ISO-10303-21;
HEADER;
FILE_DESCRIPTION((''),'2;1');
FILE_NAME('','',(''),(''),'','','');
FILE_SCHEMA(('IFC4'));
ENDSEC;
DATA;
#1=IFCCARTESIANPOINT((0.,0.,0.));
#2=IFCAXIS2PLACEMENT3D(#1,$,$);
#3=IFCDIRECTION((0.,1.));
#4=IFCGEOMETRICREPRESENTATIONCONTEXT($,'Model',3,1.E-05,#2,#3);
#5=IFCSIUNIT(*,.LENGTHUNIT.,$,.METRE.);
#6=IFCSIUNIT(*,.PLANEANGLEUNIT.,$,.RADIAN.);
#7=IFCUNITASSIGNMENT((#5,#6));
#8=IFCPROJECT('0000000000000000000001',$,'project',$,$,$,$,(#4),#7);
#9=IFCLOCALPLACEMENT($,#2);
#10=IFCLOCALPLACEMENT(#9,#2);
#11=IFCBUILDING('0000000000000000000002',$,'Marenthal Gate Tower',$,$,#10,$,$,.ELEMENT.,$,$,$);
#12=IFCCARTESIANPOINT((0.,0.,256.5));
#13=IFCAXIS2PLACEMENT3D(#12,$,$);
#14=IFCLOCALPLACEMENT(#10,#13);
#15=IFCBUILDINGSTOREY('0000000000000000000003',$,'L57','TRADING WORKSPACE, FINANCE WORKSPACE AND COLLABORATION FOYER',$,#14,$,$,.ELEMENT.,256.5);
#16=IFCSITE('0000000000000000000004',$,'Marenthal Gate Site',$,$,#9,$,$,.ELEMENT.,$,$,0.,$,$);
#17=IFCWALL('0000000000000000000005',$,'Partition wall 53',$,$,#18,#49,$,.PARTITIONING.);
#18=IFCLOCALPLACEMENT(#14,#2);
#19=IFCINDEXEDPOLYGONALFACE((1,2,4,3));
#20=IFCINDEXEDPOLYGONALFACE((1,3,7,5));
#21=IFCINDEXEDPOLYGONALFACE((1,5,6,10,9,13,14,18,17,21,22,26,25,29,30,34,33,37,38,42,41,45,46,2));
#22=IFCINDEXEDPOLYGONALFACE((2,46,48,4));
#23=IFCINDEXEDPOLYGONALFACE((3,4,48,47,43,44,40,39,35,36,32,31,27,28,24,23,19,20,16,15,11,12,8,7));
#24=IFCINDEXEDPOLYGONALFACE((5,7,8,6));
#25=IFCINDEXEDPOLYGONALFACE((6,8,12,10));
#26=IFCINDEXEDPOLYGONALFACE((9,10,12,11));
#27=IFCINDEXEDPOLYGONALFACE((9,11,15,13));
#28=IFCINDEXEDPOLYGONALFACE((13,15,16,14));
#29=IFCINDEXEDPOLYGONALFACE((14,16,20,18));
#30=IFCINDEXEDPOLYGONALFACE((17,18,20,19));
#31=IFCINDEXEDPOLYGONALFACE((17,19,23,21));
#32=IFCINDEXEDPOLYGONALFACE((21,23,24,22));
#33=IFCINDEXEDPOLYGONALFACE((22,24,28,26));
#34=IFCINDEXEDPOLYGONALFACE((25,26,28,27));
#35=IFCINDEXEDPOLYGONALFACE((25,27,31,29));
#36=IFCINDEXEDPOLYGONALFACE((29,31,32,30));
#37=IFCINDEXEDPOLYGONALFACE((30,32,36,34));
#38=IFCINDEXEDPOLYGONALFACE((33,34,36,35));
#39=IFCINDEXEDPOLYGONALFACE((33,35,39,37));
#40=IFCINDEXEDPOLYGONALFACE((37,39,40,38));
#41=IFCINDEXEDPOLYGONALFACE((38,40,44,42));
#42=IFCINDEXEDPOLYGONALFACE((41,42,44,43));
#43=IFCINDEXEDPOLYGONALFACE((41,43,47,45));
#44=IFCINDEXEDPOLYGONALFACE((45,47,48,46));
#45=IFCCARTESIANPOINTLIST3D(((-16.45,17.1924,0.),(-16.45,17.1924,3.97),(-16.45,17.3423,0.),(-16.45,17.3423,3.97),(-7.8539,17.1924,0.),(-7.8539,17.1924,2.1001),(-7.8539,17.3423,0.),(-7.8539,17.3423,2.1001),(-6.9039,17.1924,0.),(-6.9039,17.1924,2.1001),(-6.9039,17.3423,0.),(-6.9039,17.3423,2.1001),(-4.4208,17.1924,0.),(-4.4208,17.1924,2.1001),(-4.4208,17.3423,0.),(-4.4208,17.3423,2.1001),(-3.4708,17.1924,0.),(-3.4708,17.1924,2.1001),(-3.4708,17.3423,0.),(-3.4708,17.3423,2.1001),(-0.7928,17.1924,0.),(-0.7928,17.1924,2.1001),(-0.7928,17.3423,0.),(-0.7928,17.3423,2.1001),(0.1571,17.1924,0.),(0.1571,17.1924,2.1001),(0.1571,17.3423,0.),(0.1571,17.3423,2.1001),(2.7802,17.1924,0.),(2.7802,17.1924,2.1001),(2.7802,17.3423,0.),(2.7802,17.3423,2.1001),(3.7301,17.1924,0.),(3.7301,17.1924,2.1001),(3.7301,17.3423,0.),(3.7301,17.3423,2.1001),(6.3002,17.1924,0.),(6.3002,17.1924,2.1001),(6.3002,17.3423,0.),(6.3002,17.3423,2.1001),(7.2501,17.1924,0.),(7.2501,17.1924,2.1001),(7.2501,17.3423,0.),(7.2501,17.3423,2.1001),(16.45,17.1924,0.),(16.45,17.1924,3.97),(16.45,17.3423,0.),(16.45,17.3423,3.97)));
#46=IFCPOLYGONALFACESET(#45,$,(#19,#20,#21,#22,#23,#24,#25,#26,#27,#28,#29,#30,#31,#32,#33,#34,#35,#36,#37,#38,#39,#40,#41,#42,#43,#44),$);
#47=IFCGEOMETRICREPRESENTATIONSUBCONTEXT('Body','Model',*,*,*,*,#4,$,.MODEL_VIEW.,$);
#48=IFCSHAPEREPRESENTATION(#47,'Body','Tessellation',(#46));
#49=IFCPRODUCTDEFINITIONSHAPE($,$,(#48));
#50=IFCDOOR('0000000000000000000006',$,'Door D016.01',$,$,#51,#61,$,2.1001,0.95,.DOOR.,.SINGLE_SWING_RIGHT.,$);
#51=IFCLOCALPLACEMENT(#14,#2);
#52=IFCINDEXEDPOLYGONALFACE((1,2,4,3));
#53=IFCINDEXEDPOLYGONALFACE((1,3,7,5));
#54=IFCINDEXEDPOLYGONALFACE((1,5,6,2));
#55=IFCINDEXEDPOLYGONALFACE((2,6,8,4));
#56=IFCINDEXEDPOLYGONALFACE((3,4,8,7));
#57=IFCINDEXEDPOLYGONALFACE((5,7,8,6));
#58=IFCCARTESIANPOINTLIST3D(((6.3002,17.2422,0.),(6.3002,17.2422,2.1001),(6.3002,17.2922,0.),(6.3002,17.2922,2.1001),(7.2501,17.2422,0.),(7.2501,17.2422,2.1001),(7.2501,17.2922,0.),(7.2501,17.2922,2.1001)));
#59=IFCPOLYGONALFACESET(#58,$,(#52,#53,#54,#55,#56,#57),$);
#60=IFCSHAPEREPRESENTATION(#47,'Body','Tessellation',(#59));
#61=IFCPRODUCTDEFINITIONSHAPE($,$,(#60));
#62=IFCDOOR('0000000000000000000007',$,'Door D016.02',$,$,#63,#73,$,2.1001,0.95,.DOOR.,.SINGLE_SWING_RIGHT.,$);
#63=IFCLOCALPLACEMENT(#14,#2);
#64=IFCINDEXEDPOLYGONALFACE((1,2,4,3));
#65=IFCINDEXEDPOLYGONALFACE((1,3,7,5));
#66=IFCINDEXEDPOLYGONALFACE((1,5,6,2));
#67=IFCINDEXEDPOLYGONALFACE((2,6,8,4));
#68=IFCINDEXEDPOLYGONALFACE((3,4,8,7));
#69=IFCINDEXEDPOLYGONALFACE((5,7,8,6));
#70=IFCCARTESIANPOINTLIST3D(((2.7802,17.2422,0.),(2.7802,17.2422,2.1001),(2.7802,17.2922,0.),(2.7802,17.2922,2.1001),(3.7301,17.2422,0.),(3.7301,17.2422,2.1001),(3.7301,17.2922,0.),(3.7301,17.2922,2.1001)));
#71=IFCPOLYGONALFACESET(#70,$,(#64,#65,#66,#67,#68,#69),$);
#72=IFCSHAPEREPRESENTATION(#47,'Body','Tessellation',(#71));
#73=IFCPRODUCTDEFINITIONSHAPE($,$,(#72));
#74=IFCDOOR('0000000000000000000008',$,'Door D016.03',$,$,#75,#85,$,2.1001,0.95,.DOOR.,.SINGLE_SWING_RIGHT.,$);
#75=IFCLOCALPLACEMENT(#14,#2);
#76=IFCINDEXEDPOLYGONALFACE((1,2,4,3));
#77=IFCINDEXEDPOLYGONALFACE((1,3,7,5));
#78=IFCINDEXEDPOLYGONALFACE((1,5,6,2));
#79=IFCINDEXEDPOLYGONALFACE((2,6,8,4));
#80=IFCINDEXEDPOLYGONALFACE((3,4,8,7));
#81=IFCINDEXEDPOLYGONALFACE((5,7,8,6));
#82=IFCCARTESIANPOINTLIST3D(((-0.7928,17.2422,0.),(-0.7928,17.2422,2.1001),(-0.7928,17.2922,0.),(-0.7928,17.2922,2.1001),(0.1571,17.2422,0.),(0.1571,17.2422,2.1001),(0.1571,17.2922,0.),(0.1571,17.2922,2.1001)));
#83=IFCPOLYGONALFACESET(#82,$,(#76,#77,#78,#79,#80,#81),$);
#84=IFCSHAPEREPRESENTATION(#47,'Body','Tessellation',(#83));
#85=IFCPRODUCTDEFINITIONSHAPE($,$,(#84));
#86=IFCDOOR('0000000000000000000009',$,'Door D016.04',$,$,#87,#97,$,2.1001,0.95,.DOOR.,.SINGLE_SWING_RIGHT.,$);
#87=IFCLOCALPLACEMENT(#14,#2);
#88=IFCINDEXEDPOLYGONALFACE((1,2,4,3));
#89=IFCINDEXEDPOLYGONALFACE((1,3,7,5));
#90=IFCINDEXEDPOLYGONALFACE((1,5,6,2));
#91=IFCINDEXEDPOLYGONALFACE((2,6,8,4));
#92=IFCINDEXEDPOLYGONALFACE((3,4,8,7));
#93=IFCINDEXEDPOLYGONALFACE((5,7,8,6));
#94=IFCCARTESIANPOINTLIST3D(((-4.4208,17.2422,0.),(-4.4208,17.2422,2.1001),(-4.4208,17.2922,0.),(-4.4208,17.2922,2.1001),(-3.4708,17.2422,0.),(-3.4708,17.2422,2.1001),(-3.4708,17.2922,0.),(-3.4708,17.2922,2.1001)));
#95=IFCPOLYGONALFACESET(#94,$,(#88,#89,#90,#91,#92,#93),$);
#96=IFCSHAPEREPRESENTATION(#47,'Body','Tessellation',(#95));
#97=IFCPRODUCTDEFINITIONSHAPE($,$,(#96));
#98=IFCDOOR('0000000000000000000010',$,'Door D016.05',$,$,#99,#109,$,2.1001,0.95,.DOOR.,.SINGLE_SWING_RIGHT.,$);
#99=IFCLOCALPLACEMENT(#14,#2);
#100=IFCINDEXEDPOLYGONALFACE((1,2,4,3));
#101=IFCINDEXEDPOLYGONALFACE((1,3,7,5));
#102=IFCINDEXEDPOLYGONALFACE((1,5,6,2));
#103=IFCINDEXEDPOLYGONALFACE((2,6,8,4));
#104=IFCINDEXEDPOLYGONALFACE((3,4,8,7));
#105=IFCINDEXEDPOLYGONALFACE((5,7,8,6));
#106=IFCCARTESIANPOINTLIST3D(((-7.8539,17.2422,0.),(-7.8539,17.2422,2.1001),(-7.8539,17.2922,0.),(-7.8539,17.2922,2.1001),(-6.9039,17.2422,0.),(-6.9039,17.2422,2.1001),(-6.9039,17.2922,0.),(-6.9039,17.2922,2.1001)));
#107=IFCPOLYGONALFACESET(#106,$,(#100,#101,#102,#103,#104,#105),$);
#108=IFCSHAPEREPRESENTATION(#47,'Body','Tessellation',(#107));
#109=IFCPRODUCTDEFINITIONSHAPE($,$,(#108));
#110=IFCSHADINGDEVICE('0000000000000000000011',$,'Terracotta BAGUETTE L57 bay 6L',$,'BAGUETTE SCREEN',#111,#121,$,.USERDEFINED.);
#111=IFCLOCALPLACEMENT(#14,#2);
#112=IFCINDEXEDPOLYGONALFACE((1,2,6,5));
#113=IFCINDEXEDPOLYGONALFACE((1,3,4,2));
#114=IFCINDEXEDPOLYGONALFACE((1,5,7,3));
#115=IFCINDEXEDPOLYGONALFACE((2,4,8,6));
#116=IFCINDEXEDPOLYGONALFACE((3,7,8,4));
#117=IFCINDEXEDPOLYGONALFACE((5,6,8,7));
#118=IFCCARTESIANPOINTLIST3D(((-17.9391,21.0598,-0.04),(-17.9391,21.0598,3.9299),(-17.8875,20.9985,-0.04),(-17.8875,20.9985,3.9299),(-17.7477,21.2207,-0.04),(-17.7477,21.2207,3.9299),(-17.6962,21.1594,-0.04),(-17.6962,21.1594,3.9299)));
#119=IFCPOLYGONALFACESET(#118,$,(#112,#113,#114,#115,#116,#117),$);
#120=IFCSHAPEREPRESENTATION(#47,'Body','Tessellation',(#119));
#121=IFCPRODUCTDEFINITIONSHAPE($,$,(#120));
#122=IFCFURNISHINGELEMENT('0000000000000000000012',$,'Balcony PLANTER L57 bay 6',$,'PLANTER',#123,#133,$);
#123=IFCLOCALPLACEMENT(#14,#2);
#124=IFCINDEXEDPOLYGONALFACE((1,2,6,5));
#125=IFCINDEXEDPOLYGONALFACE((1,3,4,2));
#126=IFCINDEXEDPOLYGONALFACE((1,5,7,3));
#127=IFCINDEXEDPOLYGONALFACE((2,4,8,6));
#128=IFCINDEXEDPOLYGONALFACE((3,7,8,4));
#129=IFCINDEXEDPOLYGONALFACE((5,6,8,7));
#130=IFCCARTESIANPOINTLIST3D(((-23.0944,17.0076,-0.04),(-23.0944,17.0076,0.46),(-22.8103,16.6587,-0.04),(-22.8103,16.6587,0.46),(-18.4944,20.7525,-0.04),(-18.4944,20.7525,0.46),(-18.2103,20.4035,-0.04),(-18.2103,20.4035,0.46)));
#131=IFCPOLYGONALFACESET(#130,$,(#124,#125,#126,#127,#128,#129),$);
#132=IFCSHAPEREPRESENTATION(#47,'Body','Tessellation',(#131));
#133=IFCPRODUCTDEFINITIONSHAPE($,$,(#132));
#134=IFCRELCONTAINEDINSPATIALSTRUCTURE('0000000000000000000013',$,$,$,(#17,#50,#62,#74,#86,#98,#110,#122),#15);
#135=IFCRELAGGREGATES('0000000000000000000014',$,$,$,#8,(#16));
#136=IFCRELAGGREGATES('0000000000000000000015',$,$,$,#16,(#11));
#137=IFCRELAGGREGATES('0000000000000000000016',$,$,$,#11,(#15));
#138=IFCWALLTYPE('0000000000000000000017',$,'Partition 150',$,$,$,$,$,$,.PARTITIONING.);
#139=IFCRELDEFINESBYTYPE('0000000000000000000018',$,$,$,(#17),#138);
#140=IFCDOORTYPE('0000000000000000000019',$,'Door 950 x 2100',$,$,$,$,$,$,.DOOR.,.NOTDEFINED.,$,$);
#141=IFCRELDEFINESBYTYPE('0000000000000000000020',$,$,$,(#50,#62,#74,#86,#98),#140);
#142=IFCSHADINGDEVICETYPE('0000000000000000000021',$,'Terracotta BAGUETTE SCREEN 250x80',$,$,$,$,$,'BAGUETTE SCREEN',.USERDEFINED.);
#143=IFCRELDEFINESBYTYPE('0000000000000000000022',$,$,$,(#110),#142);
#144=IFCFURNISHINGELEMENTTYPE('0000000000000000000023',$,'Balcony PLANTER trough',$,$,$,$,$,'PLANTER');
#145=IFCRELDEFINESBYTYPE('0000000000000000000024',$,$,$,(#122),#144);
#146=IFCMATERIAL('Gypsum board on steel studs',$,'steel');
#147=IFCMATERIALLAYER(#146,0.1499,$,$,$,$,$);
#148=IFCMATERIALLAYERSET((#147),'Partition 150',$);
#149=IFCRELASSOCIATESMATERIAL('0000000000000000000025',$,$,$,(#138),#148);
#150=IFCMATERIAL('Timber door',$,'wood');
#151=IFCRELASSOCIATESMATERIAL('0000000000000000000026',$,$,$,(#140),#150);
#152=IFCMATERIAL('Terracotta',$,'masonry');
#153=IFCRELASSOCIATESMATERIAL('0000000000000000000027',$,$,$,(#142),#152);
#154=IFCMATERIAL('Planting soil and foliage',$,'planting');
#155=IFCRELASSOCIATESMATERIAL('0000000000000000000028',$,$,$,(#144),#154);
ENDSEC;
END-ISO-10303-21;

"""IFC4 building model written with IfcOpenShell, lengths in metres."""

from ifc_helpers import new_model, si_unit, direction, frame, frame_2d, origin, origin_2d, place, context, subcontext, project, spatial, rectangle, extrude, material, layer, layer_set, material_profile, profile_set, type_object, element, fill, save


model = new_model("IFC4")

# Units and contexts
model_context = context("Model", 3, precision=1e-05, world=origin(), true_north=direction((0.0, 1.0)))
body_context = subcontext(model_context, "Body", "Model", "MODEL_VIEW")
ifc_project = project(units=[si_unit("LENGTHUNIT", "METRE"), si_unit("PLANEANGLEUNIT", "RADIAN")], contexts=[model_context])

# Site, building, storey
site_placement = place(None, origin())
site = spatial("IfcSite", under=ifc_project, at=site_placement, Name="Marenthal Gate Site", CompositionType="ELEMENT", RefElevation=0.0)
building_placement = place(site_placement, origin())
building = spatial("IfcBuilding", under=site, at=building_placement, Name="Marenthal Gate Tower", CompositionType="ELEMENT")
storey_placement = place(building_placement, frame((0.0, 0.0, 256.5)))
storey = spatial("IfcBuildingStorey", under=building, at=storey_placement, Name="L57", Description="TRADING WORKSPACE, FINANCE WORKSPACE AND COLLABORATION FOYER", CompositionType="ELEMENT", Elevation=256.5)

# Shared definitions
ifc_material_1 = material(Name="Gypsum board on steel studs", Category="steel")
ifc_layer_1 = layer(ifc_material_1, 0.1499)
ifc_layer_set_1 = layer_set([ifc_layer_1], Name="Partition 150")
wall_type_1 = type_object("IfcWallType", Name="Partition 150", PredefinedType="PARTITIONING", material=ifc_layer_set_1)

# Wall, openings, doors
wall_1_placement = place(storey_placement, frame((-16.45, 17.2673, 0.0), z_axis=(0.0, 0.0, 1.0), x_axis=(1.0, 0.0, 0.0)))
wall_1 = element("IfcWall", 1, at=wall_1_placement, inside=storey, type_object=wall_type_1, Name="Partition wall 53", PredefinedType="PARTITIONING", context=body_context, shape_type="SweptSolid", body=[
    extrude(rectangle(XDim=32.8999, YDim=0.1499, at=frame_2d((16.45, 0.0))), origin(), (0.0, 0.0, 1.0), 3.97),
])
opening_1_placement = place(wall_1_placement, frame((22.75, 0.0, 0.0)))
opening_1 = element("IfcOpeningElement", 2, at=opening_1_placement, cuts=wall_1, PredefinedType="OPENING", context=body_context, shape_type="SweptSolid", body=[
    extrude(rectangle(XDim=0.95, YDim=2.1001, at=frame_2d((0.4751, 1.05))), frame((0.0, 0.085, 0.0), z_axis=(0.0, -1.0, 0.0), x_axis=(1.0, 0.0, 0.0)), (0.0, 0.0, 1.0), 0.1699),
])
opening_2_placement = place(wall_1_placement, frame((19.23, 0.0, 0.0)))
opening_2 = element("IfcOpeningElement", 3, at=opening_2_placement, cuts=wall_1, PredefinedType="OPENING", context=body_context, shape_type="SweptSolid", body=[
    extrude(rectangle(XDim=0.95, YDim=2.1001, at=frame_2d((0.4751, 1.05))), frame((0.0, 0.085, 0.0), z_axis=(0.0, -1.0, 0.0), x_axis=(1.0, 0.0, 0.0)), (0.0, 0.0, 1.0), 0.1699),
])
opening_3_placement = place(wall_1_placement, frame((15.657, 0.0, 0.0)))
opening_3 = element("IfcOpeningElement", 4, at=opening_3_placement, cuts=wall_1, PredefinedType="OPENING", context=body_context, shape_type="SweptSolid", body=[
    extrude(rectangle(XDim=0.95, YDim=2.1001, at=frame_2d((0.4751, 1.05))), frame((0.0, 0.085, 0.0), z_axis=(0.0, -1.0, 0.0), x_axis=(1.0, 0.0, 0.0)), (0.0, 0.0, 1.0), 0.1699),
])
opening_4_placement = place(wall_1_placement, frame((12.0291, 0.0, 0.0)))
opening_4 = element("IfcOpeningElement", 5, at=opening_4_placement, cuts=wall_1, PredefinedType="OPENING", context=body_context, shape_type="SweptSolid", body=[
    extrude(rectangle(XDim=0.95, YDim=2.1001, at=frame_2d((0.4751, 1.05))), frame((0.0, 0.085, 0.0), z_axis=(0.0, -1.0, 0.0), x_axis=(1.0, 0.0, 0.0)), (0.0, 0.0, 1.0), 0.1699),
])
opening_5_placement = place(wall_1_placement, frame((8.5959, 0.0, 0.0)))
opening_5 = element("IfcOpeningElement", 6, at=opening_5_placement, cuts=wall_1, PredefinedType="OPENING", context=body_context, shape_type="SweptSolid", body=[
    extrude(rectangle(XDim=0.95, YDim=2.1001, at=frame_2d((0.4751, 1.05))), frame((0.0, 0.085, 0.0), z_axis=(0.0, -1.0, 0.0), x_axis=(1.0, 0.0, 0.0)), (0.0, 0.0, 1.0), 0.1699),
])
ifc_material_2 = material(Name="Timber door", Category="wood")
door_type_1 = type_object("IfcDoorType", Name="Door 950 x 2100", OperationType="NOTDEFINED", PredefinedType="DOOR", material=ifc_material_2)
door_1_placement = place(opening_1_placement, origin())
door_1 = element("IfcDoor", 7, at=door_1_placement, inside=storey, type_object=door_type_1, Name="Door D016.01", OperationType="SINGLE_SWING_RIGHT", OverallHeight=2.1001, OverallWidth=0.95, PredefinedType="DOOR", context=body_context, shape_type="SweptSolid", body=[
    extrude(rectangle(XDim=0.95, YDim=2.1001, at=frame_2d((0.4751, 1.05))), frame((0.0, 0.0249, 0.0), z_axis=(0.0, -1.0, 0.0), x_axis=(1.0, 0.0, 0.0)), (0.0, 0.0, 1.0), 0.05),
])
fill(opening_1, door_1)
door_2_placement = place(opening_2_placement, origin())
door_2 = element("IfcDoor", 8, at=door_2_placement, inside=storey, type_object=door_type_1, Name="Door D016.02", OperationType="SINGLE_SWING_RIGHT", OverallHeight=2.1001, OverallWidth=0.95, PredefinedType="DOOR", context=body_context, shape_type="SweptSolid", body=[
    extrude(rectangle(XDim=0.95, YDim=2.1001, at=frame_2d((0.4751, 1.05))), frame((0.0, 0.0249, 0.0), z_axis=(0.0, -1.0, 0.0), x_axis=(1.0, 0.0, 0.0)), (0.0, 0.0, 1.0), 0.05),
])
fill(opening_2, door_2)
door_3_placement = place(opening_3_placement, origin())
door_3 = element("IfcDoor", 9, at=door_3_placement, inside=storey, type_object=door_type_1, Name="Door D016.03", OperationType="SINGLE_SWING_RIGHT", OverallHeight=2.1001, OverallWidth=0.95, PredefinedType="DOOR", context=body_context, shape_type="SweptSolid", body=[
    extrude(rectangle(XDim=0.95, YDim=2.1001, at=frame_2d((0.4751, 1.05))), frame((0.0, 0.0249, 0.0), z_axis=(0.0, -1.0, 0.0), x_axis=(1.0, 0.0, 0.0)), (0.0, 0.0, 1.0), 0.05),
])
fill(opening_3, door_3)
door_4_placement = place(opening_4_placement, origin())
door_4 = element("IfcDoor", 10, at=door_4_placement, inside=storey, type_object=door_type_1, Name="Door D016.04", OperationType="SINGLE_SWING_RIGHT", OverallHeight=2.1001, OverallWidth=0.95, PredefinedType="DOOR", context=body_context, shape_type="SweptSolid", body=[
    extrude(rectangle(XDim=0.95, YDim=2.1001, at=frame_2d((0.4751, 1.05))), frame((0.0, 0.0249, 0.0), z_axis=(0.0, -1.0, 0.0), x_axis=(1.0, 0.0, 0.0)), (0.0, 0.0, 1.0), 0.05),
])
fill(opening_4, door_4)
door_5_placement = place(opening_5_placement, origin())
door_5 = element("IfcDoor", 11, at=door_5_placement, inside=storey, type_object=door_type_1, Name="Door D016.05", OperationType="SINGLE_SWING_RIGHT", OverallHeight=2.1001, OverallWidth=0.95, PredefinedType="DOOR", context=body_context, shape_type="SweptSolid", body=[
    extrude(rectangle(XDim=0.95, YDim=2.1001, at=frame_2d((0.4751, 1.05))), frame((0.0, 0.0249, 0.0), z_axis=(0.0, -1.0, 0.0), x_axis=(1.0, 0.0, 0.0)), (0.0, 0.0, 1.0), 0.05),
])
fill(opening_5, door_5)

# Shading device
ifc_material_3 = material(Name="Terracotta", Category="masonry")
ifc_material_profile_1 = material_profile(ifc_material_3, rectangle(XDim=0.25, YDim=0.0801, at=origin_2d()), Name="Terracotta baguette 250x80")
ifc_profile_set_1 = profile_set([ifc_material_profile_1], Name="Terracotta")
shading_device_type = type_object("IfcShadingDeviceType", Name="Terracotta BAGUETTE SCREEN 250x80", ElementType="BAGUETTE SCREEN", PredefinedType="USERDEFINED", material=ifc_profile_set_1)
shading_device_placement = place(storey_placement, frame((-17.8176, 21.1096, -0.04), z_axis=(0.0, 0.0, 1.0), x_axis=(-0.765398, -0.643557, 0.0)))
element("IfcShadingDevice", 12, at=shading_device_placement, inside=storey, type_object=shading_device_type, Name="Terracotta BAGUETTE L57 bay 6L", ObjectType="BAGUETTE SCREEN", PredefinedType="USERDEFINED", context=body_context, shape_type="SweptSolid", body=[
    extrude(rectangle(XDim=0.25, YDim=0.0801, at=origin_2d()), origin(), (0.0, 0.0, 1.0), 3.97),
])

# Furnishing element
ifc_material_4 = material(Name="Planting soil and foliage", Category="planting")
furnishing_element_type = type_object("IfcFurnishingElementType", Name="Balcony PLANTER trough", ElementType="PLANTER", material=ifc_material_4)
furnishing_placement = place(storey_placement, frame((-20.6523, 18.7056, -0.04), z_axis=(0.0, 0.0, 1.0), x_axis=(-0.775505, -0.631342, 0.0)))
element("IfcFurnishingElement", 13, at=furnishing_placement, inside=storey, type_object=furnishing_element_type, Name="Balcony PLANTER L57 bay 6", ObjectType="PLANTER", context=body_context, shape_type="SweptSolid", body=[
    extrude(rectangle(XDim=5.9316, YDim=0.45, at=origin_2d()), origin(), (0.0, 0.0, 1.0), 0.5),
])

save(model, "model.ifc")
